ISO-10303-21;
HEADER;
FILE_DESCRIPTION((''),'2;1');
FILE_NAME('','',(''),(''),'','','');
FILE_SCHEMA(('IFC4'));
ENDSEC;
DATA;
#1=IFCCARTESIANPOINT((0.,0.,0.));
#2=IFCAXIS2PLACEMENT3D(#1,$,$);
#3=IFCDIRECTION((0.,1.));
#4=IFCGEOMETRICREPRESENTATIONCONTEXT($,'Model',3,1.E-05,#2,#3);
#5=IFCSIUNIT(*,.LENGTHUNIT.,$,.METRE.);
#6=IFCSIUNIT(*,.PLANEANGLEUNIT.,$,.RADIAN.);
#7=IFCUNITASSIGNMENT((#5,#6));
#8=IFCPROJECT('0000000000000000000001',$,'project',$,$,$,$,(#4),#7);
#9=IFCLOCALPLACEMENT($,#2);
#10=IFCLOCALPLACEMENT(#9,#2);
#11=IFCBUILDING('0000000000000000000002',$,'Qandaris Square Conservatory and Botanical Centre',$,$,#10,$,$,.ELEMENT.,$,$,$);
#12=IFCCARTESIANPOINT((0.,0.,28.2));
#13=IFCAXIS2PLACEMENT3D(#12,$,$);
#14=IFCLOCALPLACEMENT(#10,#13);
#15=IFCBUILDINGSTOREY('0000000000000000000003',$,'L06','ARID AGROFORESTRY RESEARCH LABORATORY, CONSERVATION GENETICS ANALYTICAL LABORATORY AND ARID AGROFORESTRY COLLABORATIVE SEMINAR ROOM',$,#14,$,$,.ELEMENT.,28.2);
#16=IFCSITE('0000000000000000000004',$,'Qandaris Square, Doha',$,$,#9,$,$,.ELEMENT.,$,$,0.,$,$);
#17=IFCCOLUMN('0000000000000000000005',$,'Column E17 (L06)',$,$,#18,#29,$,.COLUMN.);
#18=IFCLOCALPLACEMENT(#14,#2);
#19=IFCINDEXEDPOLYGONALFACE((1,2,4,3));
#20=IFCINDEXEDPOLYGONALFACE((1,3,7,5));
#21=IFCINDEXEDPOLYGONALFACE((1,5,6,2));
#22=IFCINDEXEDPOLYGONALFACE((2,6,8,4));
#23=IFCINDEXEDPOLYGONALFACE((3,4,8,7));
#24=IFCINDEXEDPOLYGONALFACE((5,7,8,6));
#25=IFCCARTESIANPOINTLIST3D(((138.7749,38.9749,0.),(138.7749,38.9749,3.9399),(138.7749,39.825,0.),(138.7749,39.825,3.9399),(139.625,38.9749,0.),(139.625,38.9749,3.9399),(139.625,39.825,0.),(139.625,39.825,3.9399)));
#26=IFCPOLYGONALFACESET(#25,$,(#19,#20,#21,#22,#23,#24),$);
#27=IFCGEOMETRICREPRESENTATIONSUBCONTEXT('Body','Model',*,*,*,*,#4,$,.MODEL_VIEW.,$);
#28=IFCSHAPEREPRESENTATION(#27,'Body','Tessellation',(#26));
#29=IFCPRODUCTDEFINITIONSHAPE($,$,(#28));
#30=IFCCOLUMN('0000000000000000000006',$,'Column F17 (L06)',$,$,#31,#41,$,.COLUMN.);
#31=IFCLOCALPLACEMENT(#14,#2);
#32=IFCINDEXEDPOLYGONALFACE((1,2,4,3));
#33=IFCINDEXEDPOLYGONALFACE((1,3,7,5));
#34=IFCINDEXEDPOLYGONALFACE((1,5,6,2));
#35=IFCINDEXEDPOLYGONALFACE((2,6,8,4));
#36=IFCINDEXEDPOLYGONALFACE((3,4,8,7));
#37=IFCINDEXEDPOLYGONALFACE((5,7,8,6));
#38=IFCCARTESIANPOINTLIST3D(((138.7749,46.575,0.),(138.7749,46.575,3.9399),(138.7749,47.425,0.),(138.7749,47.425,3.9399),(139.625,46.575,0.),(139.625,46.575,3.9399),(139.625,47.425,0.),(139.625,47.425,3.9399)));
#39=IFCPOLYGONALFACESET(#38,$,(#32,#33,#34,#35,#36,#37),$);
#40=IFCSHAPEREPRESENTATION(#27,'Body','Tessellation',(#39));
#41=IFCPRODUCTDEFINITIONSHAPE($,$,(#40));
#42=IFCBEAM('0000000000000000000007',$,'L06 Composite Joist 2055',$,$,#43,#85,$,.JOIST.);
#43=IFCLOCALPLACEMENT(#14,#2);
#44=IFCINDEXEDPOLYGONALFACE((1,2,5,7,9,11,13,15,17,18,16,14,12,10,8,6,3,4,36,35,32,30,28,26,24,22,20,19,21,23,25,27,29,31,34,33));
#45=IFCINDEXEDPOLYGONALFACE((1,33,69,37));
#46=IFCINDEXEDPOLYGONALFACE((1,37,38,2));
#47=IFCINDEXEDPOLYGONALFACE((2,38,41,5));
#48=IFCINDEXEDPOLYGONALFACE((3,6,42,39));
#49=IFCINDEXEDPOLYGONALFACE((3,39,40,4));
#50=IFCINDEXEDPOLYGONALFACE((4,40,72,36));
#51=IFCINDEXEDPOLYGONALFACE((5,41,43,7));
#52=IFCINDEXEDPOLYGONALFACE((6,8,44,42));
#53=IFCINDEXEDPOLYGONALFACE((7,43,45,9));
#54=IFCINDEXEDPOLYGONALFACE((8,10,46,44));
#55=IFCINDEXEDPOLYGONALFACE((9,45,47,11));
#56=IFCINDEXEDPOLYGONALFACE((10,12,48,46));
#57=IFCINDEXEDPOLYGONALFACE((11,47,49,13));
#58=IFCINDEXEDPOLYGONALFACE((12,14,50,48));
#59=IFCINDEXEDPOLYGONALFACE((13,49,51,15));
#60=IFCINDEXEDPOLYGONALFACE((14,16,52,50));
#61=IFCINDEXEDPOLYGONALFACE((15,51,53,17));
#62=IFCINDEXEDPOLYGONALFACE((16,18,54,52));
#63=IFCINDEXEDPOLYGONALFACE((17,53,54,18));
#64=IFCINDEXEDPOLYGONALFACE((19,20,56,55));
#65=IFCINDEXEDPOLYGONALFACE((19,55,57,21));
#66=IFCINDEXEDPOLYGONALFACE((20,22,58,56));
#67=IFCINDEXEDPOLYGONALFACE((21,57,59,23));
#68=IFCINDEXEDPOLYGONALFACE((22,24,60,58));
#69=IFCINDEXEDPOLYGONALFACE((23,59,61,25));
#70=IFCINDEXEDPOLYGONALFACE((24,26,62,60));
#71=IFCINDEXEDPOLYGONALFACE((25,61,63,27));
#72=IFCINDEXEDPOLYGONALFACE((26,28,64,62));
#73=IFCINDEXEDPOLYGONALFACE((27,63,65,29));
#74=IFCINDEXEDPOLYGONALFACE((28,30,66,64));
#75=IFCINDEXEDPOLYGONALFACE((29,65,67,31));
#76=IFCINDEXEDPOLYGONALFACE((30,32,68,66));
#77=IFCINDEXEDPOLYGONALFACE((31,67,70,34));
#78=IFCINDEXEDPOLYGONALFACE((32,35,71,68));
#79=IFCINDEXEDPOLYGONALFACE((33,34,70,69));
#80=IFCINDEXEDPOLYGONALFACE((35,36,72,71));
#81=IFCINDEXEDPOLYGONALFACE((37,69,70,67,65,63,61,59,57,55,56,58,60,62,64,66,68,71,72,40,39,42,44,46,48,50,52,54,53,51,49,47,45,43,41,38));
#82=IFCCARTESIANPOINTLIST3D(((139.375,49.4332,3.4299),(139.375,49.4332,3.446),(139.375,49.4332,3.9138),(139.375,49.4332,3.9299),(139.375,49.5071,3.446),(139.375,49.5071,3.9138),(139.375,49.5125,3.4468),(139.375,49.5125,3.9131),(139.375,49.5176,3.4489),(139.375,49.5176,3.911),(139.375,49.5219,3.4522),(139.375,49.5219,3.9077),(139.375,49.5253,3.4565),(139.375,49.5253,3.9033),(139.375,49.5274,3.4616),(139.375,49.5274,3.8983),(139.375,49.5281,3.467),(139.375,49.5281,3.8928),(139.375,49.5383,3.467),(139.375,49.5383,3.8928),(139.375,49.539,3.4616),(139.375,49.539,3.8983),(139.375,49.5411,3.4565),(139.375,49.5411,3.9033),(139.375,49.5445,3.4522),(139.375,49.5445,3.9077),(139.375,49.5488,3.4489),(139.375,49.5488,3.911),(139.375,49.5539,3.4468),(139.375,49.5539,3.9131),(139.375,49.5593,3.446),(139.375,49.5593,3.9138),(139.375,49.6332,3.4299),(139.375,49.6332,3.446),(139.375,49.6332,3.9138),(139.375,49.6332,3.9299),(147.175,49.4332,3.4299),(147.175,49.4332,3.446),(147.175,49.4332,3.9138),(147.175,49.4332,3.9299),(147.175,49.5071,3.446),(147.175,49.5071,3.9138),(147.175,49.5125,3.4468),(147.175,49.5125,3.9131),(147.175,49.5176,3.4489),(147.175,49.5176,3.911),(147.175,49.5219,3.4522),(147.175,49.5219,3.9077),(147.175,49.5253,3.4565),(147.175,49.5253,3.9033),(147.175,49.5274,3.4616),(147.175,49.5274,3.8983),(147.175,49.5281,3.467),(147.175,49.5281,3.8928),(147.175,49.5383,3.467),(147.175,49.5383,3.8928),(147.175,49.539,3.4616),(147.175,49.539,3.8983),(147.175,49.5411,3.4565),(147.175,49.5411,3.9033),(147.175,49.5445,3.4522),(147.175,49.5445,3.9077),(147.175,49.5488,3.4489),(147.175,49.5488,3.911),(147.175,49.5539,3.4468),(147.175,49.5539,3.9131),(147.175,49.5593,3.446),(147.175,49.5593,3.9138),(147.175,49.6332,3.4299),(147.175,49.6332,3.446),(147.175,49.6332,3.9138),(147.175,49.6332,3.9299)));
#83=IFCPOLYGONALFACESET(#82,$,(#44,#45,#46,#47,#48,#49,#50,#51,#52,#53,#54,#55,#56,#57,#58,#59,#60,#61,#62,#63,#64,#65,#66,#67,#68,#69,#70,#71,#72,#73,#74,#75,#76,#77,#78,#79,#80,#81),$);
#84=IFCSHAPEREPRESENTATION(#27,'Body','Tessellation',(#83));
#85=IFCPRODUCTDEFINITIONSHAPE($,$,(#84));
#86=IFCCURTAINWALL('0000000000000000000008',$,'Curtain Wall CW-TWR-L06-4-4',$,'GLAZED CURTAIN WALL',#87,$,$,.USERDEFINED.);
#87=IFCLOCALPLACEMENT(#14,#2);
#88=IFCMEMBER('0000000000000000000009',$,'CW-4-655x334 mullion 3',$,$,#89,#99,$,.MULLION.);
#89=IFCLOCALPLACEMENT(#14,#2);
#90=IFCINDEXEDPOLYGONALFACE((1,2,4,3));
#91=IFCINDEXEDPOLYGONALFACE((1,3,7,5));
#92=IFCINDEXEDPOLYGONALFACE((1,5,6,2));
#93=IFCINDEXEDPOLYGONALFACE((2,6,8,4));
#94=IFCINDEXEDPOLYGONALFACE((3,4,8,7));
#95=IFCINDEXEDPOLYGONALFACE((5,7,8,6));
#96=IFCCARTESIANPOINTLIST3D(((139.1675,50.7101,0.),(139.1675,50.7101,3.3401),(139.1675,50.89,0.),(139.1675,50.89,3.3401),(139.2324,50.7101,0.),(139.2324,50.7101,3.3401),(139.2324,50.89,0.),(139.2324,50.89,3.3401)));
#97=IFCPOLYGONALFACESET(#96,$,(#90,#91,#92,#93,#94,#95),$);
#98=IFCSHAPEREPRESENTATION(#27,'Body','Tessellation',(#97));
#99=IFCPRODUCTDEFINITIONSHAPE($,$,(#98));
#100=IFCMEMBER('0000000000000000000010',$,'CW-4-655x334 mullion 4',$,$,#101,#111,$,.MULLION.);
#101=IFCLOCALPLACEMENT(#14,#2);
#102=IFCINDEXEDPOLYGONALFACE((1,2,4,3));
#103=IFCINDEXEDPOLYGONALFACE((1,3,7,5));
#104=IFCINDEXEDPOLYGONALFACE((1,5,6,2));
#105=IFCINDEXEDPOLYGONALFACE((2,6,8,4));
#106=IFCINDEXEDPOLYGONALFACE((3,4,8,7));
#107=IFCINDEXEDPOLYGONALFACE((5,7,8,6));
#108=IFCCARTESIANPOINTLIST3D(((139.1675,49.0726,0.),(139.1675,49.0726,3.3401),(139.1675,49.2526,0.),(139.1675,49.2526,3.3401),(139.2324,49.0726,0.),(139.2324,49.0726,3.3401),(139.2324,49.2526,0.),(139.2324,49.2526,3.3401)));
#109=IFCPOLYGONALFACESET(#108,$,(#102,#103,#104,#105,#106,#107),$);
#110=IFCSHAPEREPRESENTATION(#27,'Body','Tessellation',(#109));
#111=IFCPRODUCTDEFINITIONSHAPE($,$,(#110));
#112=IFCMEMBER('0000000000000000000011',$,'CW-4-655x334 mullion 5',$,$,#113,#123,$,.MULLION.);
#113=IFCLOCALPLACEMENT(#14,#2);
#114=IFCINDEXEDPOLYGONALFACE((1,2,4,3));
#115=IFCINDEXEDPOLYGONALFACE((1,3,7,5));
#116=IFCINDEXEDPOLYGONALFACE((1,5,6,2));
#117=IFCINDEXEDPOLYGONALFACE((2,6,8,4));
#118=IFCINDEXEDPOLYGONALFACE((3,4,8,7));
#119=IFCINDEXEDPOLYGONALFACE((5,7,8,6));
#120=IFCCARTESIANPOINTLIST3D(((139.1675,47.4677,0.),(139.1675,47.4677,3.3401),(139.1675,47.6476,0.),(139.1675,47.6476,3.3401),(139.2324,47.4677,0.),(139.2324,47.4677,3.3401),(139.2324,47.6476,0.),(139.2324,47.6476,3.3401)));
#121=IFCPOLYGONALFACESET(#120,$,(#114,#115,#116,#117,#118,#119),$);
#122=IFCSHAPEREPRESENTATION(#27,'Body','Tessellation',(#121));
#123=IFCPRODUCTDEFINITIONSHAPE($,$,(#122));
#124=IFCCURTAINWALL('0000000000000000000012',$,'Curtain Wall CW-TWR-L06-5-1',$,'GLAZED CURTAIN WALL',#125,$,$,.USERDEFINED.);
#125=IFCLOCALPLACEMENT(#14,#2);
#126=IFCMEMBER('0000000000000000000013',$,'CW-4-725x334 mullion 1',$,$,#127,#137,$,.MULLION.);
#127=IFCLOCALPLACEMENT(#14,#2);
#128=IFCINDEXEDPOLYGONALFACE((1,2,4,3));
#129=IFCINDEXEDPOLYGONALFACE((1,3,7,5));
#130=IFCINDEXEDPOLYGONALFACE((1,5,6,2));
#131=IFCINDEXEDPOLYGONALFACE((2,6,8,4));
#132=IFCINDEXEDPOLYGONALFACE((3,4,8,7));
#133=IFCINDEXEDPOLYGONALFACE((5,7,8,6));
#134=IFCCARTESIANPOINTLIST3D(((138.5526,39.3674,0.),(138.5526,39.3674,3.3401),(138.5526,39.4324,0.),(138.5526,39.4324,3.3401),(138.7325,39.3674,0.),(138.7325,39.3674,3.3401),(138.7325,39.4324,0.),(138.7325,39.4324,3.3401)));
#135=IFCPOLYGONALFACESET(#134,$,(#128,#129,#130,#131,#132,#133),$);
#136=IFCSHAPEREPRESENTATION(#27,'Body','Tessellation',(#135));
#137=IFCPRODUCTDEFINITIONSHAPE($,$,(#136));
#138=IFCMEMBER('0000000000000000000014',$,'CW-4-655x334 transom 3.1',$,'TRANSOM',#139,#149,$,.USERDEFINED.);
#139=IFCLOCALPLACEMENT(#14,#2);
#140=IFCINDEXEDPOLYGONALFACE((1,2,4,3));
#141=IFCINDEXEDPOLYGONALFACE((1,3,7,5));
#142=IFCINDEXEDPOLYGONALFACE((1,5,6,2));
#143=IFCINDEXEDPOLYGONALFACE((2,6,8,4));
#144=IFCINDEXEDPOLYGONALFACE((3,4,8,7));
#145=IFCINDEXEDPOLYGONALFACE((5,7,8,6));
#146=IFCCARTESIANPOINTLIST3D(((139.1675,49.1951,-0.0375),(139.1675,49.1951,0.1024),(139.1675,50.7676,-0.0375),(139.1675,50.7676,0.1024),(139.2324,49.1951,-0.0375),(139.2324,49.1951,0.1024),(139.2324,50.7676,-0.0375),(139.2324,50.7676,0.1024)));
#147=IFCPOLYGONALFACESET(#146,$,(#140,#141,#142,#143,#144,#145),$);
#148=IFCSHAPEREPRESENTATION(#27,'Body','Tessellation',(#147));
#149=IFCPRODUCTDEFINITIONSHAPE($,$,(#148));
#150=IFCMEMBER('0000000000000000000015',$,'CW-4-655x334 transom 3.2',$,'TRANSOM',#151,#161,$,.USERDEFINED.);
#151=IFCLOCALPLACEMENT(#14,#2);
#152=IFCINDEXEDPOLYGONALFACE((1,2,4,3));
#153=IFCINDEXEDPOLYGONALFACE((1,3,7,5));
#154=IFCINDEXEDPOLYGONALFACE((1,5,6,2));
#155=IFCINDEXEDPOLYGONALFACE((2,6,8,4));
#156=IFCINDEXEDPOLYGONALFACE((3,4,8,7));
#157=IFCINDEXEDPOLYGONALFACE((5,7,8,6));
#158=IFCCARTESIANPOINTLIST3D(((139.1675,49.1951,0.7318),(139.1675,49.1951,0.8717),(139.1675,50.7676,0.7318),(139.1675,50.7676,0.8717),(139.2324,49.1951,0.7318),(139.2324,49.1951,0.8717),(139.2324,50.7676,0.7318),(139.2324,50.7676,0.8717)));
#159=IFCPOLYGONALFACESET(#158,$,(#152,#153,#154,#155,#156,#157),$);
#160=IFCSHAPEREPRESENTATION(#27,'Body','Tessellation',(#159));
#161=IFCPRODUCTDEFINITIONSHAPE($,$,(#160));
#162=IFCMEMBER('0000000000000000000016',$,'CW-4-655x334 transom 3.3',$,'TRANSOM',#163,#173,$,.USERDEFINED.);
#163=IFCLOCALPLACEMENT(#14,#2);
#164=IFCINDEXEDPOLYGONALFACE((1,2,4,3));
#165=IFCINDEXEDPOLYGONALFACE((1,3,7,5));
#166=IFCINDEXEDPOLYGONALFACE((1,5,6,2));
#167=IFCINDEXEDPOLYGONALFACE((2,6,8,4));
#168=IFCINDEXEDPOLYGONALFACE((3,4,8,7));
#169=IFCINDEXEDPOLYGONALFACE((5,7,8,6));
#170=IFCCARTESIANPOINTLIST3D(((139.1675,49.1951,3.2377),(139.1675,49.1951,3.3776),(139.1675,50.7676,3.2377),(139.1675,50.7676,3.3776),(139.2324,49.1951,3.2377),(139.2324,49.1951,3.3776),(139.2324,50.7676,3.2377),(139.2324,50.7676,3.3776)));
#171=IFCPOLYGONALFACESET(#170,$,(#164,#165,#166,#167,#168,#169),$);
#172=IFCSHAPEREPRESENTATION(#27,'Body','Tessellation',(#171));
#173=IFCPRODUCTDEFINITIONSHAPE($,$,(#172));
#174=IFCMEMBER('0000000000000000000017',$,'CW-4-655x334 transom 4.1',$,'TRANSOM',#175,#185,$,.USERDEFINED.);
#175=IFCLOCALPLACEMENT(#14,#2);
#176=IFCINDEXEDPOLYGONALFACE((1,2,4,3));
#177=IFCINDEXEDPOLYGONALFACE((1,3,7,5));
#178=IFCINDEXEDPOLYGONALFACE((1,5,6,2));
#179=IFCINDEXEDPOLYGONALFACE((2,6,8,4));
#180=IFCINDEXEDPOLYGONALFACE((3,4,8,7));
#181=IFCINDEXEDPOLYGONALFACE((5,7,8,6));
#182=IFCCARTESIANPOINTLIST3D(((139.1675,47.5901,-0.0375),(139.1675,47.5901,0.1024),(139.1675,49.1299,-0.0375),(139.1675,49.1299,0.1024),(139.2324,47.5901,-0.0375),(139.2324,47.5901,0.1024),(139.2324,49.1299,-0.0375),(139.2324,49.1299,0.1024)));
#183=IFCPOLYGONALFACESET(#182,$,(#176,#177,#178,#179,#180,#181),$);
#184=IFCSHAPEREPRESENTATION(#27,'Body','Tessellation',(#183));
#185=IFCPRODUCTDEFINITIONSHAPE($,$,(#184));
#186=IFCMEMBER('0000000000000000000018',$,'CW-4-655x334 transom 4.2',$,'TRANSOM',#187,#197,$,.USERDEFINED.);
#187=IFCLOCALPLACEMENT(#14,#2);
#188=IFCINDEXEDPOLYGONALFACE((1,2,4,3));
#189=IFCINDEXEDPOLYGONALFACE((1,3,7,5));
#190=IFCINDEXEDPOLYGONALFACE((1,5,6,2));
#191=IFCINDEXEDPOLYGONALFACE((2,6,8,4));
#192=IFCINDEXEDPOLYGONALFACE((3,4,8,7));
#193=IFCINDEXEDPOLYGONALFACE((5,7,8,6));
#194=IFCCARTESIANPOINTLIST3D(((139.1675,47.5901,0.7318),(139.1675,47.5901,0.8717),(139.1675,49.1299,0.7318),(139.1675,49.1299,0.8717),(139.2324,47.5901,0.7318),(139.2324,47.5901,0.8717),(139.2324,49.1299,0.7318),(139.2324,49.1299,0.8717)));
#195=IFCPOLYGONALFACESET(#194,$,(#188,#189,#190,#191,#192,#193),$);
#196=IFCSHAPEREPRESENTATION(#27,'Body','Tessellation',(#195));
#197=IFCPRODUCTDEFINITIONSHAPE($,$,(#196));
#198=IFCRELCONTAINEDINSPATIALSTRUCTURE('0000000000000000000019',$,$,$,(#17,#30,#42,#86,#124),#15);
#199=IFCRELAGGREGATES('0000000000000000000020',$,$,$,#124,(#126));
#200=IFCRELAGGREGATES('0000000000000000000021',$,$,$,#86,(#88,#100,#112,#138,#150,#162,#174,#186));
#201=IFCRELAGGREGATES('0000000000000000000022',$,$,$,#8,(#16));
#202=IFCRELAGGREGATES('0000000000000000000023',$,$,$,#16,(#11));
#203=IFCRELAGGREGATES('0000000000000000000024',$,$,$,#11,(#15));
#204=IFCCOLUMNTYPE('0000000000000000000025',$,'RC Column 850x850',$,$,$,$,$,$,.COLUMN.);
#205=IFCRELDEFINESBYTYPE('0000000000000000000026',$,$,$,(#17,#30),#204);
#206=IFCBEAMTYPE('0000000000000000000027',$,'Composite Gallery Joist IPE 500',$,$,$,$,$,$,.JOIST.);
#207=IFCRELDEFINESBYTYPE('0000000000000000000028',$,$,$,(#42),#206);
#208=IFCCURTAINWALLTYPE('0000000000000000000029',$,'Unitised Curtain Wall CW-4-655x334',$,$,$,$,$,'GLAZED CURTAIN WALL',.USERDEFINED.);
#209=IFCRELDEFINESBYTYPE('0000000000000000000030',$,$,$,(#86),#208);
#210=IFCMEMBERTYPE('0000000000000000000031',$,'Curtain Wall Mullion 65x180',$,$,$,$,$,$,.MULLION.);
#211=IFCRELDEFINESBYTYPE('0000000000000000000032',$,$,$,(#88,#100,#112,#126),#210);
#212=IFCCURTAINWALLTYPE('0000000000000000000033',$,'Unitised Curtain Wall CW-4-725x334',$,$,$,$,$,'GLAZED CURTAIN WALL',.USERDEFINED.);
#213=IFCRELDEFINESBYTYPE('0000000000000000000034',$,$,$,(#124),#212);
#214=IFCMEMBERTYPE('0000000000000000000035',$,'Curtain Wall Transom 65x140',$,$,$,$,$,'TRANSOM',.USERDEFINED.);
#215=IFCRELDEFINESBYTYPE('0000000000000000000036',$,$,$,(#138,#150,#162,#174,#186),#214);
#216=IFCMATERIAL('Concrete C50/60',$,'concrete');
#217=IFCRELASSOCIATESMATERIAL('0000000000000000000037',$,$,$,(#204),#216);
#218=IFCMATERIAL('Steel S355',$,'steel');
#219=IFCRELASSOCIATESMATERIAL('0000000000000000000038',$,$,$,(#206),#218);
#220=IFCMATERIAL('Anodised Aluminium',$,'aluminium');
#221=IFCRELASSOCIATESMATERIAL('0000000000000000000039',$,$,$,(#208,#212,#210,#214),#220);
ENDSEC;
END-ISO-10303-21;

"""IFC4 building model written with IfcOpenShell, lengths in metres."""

from ifc_helpers import new_model, si_unit, direction, frame, origin, origin_2d, place, context, subcontext, project, spatial, rectangle, i_section, extrude, material, material_profile, profile_set, type_object, element, aggregate, save


model = new_model("IFC4")

# Units and contexts
model_context = context("Model", 3, precision=1e-05, world=origin(), true_north=direction((0.0, 1.0)))
body_context = subcontext(model_context, "Body", "Model", "MODEL_VIEW")
ifc_project = project(units=[si_unit("LENGTHUNIT", "METRE"), si_unit("PLANEANGLEUNIT", "RADIAN")], contexts=[model_context])

# Site, building, storey
site_placement = place(None, origin())
site = spatial("IfcSite", under=ifc_project, at=site_placement, Name="Qandaris Square, Doha", CompositionType="ELEMENT", RefElevation=0.0)
building_placement = place(site_placement, origin())
building = spatial("IfcBuilding", under=site, at=building_placement, Name="Qandaris Square Conservatory and Botanical Centre", CompositionType="ELEMENT")
storey_placement = place(building_placement, frame((0.0, 0.0, 28.2)))
storey = spatial("IfcBuildingStorey", under=building, at=storey_placement, Name="L06", Description="ARID AGROFORESTRY RESEARCH LABORATORY, CONSERVATION GENETICS ANALYTICAL LABORATORY AND ARID AGROFORESTRY COLLABORATIVE SEMINAR ROOM", CompositionType="ELEMENT", Elevation=28.2)

# Columns
ifc_material_1 = material(Name="Concrete C50/60", Category="concrete")
ifc_material_profile_1 = material_profile(ifc_material_1, rectangle(XDim=0.8501, YDim=0.8501, at=origin_2d()), Name="RC-COL 850x850")
ifc_profile_set_1 = profile_set([ifc_material_profile_1], Name="Concrete C50/60")
column_type = type_object("IfcColumnType", Name="RC Column 850x850", PredefinedType="COLUMN", material=ifc_profile_set_1)
for number, where, z_axis, x_axis, name in (
    (1, (139.2, 39.3999, 0.0), (0.0, 0.0, 1.0), (1.0, 0.0, 0.0), "Column E17 (L06)"),
    (2, (139.2, 47.0, 0.0), (0.0, 0.0, 1.0), (1.0, 0.0, 0.0), "Column F17 (L06)"),
):
    element("IfcColumn", number, at=place(storey_placement, frame(where, z_axis=z_axis, x_axis=x_axis)), inside=storey, type_object=column_type, Name=name, PredefinedType="COLUMN", context=body_context, shape_type="SweptSolid", body=[
        extrude(rectangle(XDim=0.8501, YDim=0.8501, at=origin_2d()), origin(), (0.0, 0.0, 1.0), 3.9399),
    ])

# Beam
ifc_material_2 = material(Name="Steel S355", Category="steel")
ifc_material_profile_2 = material_profile(ifc_material_2, i_section(OverallWidth=0.2, OverallDepth=0.5, WebThickness=0.0103, FlangeThickness=0.0161, FilletRadius=0.021, at=origin_2d()), Name="IPE 500")
ifc_profile_set_2 = profile_set([ifc_material_profile_2], Name="Steel S355")
beam_type_1 = type_object("IfcBeamType", Name="Composite Gallery Joist IPE 500", PredefinedType="JOIST", material=ifc_profile_set_2)
beam_placement = place(storey_placement, frame((139.375, 49.5332, 3.6799), z_axis=(1.0, 0.0, 0.0), x_axis=(0.0, 1.0, 0.0)))
element("IfcBeam", 3, at=beam_placement, inside=storey, type_object=beam_type_1, Name="L06 Composite Joist 2055", PredefinedType="JOIST", context=body_context, shape_type="SweptSolid", body=[
    extrude(i_section(OverallWidth=0.2, OverallDepth=0.5, WebThickness=0.0103, FlangeThickness=0.0161, FilletRadius=0.021, at=origin_2d()), origin(), (0.0, 0.0, 1.0), 7.8),
])

# Curtain wall, members
ifc_material_3 = material(Name="Anodised Aluminium", Category="aluminium")
curtain_wall_type_1 = type_object("IfcCurtainWallType", Name="Unitised Curtain Wall CW-4-655x334", ElementType="GLAZED CURTAIN WALL", PredefinedType="USERDEFINED", material=ifc_material_3)
curtain_wall_1_placement = place(storey_placement, origin())
curtain_wall_1 = element("IfcCurtainWall", 4, at=curtain_wall_1_placement, inside=storey, type_object=curtain_wall_type_1, Name="Curtain Wall CW-TWR-L06-4-4", ObjectType="GLAZED CURTAIN WALL", PredefinedType="USERDEFINED")
ifc_material_profile_3 = material_profile(ifc_material_3, rectangle(XDim=0.0649, YDim=0.1799, at=origin_2d()), Name="ALU-MUL 65x180")
ifc_profile_set_3 = profile_set([ifc_material_profile_3], Name="Anodised Aluminium")
member_type_1 = type_object("IfcMemberType", Name="Curtain Wall Mullion 65x180", PredefinedType="MULLION", material=ifc_profile_set_3)
member_1_placement = place(storey_placement, frame((139.2, 50.8, 0.0), z_axis=(0.0, 0.0, 1.0), x_axis=(1.0, 0.0, 0.0)))
member_1 = element("IfcMember", 5, at=member_1_placement, type_object=member_type_1, Name="CW-4-655x334 mullion 3", PredefinedType="MULLION", context=body_context, shape_type="SweptSolid", body=[
    extrude(rectangle(XDim=0.0649, YDim=0.1799, at=origin_2d()), origin(), (0.0, 0.0, 1.0), 3.3401),
])
member_2_placement = place(storey_placement, frame((139.2, 49.1626, 0.0), z_axis=(0.0, 0.0, 1.0), x_axis=(1.0, 0.0, 0.0)))
member_2 = element("IfcMember", 6, at=member_2_placement, type_object=member_type_1, Name="CW-4-655x334 mullion 4", PredefinedType="MULLION", context=body_context, shape_type="SweptSolid", body=[
    extrude(rectangle(XDim=0.0649, YDim=0.1799, at=origin_2d()), origin(), (0.0, 0.0, 1.0), 3.3401),
])
member_3_placement = place(storey_placement, frame((139.2, 47.5576, 0.0), z_axis=(0.0, 0.0, 1.0), x_axis=(1.0, 0.0, 0.0)))
member_3 = element("IfcMember", 7, at=member_3_placement, type_object=member_type_1, Name="CW-4-655x334 mullion 5", PredefinedType="MULLION", context=body_context, shape_type="SweptSolid", body=[
    extrude(rectangle(XDim=0.0649, YDim=0.1799, at=origin_2d()), origin(), (0.0, 0.0, 1.0), 3.3401),
])

# Curtain wall, member
curtain_wall_type_2 = type_object("IfcCurtainWallType", Name="Unitised Curtain Wall CW-4-725x334", ElementType="GLAZED CURTAIN WALL", PredefinedType="USERDEFINED", material=ifc_material_3)
curtain_wall_2_placement = place(storey_placement, origin())
curtain_wall_2 = element("IfcCurtainWall", 8, at=curtain_wall_2_placement, inside=storey, type_object=curtain_wall_type_2, Name="Curtain Wall CW-TWR-L06-5-1", ObjectType="GLAZED CURTAIN WALL", PredefinedType="USERDEFINED")
member_4_placement = place(storey_placement, frame((138.6426, 39.3999, 0.0), z_axis=(0.0, 0.0, 1.0), x_axis=(0.0, -1.0, 0.0)))
member_4 = element("IfcMember", 9, at=member_4_placement, type_object=member_type_1, Name="CW-4-725x334 mullion 1", PredefinedType="MULLION", context=body_context, shape_type="SweptSolid", body=[
    extrude(rectangle(XDim=0.0649, YDim=0.1799, at=origin_2d()), origin(), (0.0, 0.0, 1.0), 3.3401),
])

# Members
ifc_material_profile_4 = material_profile(ifc_material_3, rectangle(XDim=0.0649, YDim=0.1399, at=origin_2d()), Name="ALU-TRN 65x140")
ifc_profile_set_4 = profile_set([ifc_material_profile_4], Name="Anodised Aluminium")
member_type_2 = type_object("IfcMemberType", Name="Curtain Wall Transom 65x140", ElementType="TRANSOM", PredefinedType="USERDEFINED", material=ifc_profile_set_4)
member_5_placement = place(storey_placement, frame((139.2, 50.7676, 0.0325), z_axis=(0.0, -1.0, 0.0), x_axis=(1.0, 0.0, 0.0)))
member_5 = element("IfcMember", 10, at=member_5_placement, type_object=member_type_2, Name="CW-4-655x334 transom 3.1", ObjectType="TRANSOM", PredefinedType="USERDEFINED", context=body_context, shape_type="SweptSolid", body=[
    extrude(rectangle(XDim=0.0649, YDim=0.1399, at=origin_2d()), origin(), (0.0, 0.0, 1.0), 1.5725),
])
member_6_placement = place(storey_placement, frame((139.2, 50.7676, 0.8018), z_axis=(0.0, -1.0, 0.0), x_axis=(1.0, 0.0, 0.0)))
member_6 = element("IfcMember", 11, at=member_6_placement, type_object=member_type_2, Name="CW-4-655x334 transom 3.2", ObjectType="TRANSOM", PredefinedType="USERDEFINED", context=body_context, shape_type="SweptSolid", body=[
    extrude(rectangle(XDim=0.0649, YDim=0.1399, at=origin_2d()), origin(), (0.0, 0.0, 1.0), 1.5725),
])
member_7_placement = place(storey_placement, frame((139.2, 50.7676, 3.3076), z_axis=(0.0, -1.0, 0.0), x_axis=(1.0, 0.0, 0.0)))
member_7 = element("IfcMember", 12, at=member_7_placement, type_object=member_type_2, Name="CW-4-655x334 transom 3.3", ObjectType="TRANSOM", PredefinedType="USERDEFINED", context=body_context, shape_type="SweptSolid", body=[
    extrude(rectangle(XDim=0.0649, YDim=0.1399, at=origin_2d()), origin(), (0.0, 0.0, 1.0), 1.5725),
])
member_8_placement = place(storey_placement, frame((139.2, 49.1299, 0.0325), z_axis=(0.0, -1.0, 0.0), x_axis=(1.0, 0.0, 0.0)))
member_8 = element("IfcMember", 13, at=member_8_placement, type_object=member_type_2, Name="CW-4-655x334 transom 4.1", ObjectType="TRANSOM", PredefinedType="USERDEFINED", context=body_context, shape_type="SweptSolid", body=[
    extrude(rectangle(XDim=0.0649, YDim=0.1399, at=origin_2d()), origin(), (0.0, 0.0, 1.0), 1.5398),
])
member_9_placement = place(storey_placement, frame((139.2, 49.1299, 0.8018), z_axis=(0.0, -1.0, 0.0), x_axis=(1.0, 0.0, 0.0)))
member_9 = element("IfcMember", 14, at=member_9_placement, type_object=member_type_2, Name="CW-4-655x334 transom 4.2", ObjectType="TRANSOM", PredefinedType="USERDEFINED", context=body_context, shape_type="SweptSolid", body=[
    extrude(rectangle(XDim=0.0649, YDim=0.1399, at=origin_2d()), origin(), (0.0, 0.0, 1.0), 1.5398),
])
aggregate(curtain_wall_2, [member_4])

aggregate(curtain_wall_1, [member_1, member_2, member_3, member_5, member_6, member_7, member_8, member_9])

save(model, "model.ifc")
